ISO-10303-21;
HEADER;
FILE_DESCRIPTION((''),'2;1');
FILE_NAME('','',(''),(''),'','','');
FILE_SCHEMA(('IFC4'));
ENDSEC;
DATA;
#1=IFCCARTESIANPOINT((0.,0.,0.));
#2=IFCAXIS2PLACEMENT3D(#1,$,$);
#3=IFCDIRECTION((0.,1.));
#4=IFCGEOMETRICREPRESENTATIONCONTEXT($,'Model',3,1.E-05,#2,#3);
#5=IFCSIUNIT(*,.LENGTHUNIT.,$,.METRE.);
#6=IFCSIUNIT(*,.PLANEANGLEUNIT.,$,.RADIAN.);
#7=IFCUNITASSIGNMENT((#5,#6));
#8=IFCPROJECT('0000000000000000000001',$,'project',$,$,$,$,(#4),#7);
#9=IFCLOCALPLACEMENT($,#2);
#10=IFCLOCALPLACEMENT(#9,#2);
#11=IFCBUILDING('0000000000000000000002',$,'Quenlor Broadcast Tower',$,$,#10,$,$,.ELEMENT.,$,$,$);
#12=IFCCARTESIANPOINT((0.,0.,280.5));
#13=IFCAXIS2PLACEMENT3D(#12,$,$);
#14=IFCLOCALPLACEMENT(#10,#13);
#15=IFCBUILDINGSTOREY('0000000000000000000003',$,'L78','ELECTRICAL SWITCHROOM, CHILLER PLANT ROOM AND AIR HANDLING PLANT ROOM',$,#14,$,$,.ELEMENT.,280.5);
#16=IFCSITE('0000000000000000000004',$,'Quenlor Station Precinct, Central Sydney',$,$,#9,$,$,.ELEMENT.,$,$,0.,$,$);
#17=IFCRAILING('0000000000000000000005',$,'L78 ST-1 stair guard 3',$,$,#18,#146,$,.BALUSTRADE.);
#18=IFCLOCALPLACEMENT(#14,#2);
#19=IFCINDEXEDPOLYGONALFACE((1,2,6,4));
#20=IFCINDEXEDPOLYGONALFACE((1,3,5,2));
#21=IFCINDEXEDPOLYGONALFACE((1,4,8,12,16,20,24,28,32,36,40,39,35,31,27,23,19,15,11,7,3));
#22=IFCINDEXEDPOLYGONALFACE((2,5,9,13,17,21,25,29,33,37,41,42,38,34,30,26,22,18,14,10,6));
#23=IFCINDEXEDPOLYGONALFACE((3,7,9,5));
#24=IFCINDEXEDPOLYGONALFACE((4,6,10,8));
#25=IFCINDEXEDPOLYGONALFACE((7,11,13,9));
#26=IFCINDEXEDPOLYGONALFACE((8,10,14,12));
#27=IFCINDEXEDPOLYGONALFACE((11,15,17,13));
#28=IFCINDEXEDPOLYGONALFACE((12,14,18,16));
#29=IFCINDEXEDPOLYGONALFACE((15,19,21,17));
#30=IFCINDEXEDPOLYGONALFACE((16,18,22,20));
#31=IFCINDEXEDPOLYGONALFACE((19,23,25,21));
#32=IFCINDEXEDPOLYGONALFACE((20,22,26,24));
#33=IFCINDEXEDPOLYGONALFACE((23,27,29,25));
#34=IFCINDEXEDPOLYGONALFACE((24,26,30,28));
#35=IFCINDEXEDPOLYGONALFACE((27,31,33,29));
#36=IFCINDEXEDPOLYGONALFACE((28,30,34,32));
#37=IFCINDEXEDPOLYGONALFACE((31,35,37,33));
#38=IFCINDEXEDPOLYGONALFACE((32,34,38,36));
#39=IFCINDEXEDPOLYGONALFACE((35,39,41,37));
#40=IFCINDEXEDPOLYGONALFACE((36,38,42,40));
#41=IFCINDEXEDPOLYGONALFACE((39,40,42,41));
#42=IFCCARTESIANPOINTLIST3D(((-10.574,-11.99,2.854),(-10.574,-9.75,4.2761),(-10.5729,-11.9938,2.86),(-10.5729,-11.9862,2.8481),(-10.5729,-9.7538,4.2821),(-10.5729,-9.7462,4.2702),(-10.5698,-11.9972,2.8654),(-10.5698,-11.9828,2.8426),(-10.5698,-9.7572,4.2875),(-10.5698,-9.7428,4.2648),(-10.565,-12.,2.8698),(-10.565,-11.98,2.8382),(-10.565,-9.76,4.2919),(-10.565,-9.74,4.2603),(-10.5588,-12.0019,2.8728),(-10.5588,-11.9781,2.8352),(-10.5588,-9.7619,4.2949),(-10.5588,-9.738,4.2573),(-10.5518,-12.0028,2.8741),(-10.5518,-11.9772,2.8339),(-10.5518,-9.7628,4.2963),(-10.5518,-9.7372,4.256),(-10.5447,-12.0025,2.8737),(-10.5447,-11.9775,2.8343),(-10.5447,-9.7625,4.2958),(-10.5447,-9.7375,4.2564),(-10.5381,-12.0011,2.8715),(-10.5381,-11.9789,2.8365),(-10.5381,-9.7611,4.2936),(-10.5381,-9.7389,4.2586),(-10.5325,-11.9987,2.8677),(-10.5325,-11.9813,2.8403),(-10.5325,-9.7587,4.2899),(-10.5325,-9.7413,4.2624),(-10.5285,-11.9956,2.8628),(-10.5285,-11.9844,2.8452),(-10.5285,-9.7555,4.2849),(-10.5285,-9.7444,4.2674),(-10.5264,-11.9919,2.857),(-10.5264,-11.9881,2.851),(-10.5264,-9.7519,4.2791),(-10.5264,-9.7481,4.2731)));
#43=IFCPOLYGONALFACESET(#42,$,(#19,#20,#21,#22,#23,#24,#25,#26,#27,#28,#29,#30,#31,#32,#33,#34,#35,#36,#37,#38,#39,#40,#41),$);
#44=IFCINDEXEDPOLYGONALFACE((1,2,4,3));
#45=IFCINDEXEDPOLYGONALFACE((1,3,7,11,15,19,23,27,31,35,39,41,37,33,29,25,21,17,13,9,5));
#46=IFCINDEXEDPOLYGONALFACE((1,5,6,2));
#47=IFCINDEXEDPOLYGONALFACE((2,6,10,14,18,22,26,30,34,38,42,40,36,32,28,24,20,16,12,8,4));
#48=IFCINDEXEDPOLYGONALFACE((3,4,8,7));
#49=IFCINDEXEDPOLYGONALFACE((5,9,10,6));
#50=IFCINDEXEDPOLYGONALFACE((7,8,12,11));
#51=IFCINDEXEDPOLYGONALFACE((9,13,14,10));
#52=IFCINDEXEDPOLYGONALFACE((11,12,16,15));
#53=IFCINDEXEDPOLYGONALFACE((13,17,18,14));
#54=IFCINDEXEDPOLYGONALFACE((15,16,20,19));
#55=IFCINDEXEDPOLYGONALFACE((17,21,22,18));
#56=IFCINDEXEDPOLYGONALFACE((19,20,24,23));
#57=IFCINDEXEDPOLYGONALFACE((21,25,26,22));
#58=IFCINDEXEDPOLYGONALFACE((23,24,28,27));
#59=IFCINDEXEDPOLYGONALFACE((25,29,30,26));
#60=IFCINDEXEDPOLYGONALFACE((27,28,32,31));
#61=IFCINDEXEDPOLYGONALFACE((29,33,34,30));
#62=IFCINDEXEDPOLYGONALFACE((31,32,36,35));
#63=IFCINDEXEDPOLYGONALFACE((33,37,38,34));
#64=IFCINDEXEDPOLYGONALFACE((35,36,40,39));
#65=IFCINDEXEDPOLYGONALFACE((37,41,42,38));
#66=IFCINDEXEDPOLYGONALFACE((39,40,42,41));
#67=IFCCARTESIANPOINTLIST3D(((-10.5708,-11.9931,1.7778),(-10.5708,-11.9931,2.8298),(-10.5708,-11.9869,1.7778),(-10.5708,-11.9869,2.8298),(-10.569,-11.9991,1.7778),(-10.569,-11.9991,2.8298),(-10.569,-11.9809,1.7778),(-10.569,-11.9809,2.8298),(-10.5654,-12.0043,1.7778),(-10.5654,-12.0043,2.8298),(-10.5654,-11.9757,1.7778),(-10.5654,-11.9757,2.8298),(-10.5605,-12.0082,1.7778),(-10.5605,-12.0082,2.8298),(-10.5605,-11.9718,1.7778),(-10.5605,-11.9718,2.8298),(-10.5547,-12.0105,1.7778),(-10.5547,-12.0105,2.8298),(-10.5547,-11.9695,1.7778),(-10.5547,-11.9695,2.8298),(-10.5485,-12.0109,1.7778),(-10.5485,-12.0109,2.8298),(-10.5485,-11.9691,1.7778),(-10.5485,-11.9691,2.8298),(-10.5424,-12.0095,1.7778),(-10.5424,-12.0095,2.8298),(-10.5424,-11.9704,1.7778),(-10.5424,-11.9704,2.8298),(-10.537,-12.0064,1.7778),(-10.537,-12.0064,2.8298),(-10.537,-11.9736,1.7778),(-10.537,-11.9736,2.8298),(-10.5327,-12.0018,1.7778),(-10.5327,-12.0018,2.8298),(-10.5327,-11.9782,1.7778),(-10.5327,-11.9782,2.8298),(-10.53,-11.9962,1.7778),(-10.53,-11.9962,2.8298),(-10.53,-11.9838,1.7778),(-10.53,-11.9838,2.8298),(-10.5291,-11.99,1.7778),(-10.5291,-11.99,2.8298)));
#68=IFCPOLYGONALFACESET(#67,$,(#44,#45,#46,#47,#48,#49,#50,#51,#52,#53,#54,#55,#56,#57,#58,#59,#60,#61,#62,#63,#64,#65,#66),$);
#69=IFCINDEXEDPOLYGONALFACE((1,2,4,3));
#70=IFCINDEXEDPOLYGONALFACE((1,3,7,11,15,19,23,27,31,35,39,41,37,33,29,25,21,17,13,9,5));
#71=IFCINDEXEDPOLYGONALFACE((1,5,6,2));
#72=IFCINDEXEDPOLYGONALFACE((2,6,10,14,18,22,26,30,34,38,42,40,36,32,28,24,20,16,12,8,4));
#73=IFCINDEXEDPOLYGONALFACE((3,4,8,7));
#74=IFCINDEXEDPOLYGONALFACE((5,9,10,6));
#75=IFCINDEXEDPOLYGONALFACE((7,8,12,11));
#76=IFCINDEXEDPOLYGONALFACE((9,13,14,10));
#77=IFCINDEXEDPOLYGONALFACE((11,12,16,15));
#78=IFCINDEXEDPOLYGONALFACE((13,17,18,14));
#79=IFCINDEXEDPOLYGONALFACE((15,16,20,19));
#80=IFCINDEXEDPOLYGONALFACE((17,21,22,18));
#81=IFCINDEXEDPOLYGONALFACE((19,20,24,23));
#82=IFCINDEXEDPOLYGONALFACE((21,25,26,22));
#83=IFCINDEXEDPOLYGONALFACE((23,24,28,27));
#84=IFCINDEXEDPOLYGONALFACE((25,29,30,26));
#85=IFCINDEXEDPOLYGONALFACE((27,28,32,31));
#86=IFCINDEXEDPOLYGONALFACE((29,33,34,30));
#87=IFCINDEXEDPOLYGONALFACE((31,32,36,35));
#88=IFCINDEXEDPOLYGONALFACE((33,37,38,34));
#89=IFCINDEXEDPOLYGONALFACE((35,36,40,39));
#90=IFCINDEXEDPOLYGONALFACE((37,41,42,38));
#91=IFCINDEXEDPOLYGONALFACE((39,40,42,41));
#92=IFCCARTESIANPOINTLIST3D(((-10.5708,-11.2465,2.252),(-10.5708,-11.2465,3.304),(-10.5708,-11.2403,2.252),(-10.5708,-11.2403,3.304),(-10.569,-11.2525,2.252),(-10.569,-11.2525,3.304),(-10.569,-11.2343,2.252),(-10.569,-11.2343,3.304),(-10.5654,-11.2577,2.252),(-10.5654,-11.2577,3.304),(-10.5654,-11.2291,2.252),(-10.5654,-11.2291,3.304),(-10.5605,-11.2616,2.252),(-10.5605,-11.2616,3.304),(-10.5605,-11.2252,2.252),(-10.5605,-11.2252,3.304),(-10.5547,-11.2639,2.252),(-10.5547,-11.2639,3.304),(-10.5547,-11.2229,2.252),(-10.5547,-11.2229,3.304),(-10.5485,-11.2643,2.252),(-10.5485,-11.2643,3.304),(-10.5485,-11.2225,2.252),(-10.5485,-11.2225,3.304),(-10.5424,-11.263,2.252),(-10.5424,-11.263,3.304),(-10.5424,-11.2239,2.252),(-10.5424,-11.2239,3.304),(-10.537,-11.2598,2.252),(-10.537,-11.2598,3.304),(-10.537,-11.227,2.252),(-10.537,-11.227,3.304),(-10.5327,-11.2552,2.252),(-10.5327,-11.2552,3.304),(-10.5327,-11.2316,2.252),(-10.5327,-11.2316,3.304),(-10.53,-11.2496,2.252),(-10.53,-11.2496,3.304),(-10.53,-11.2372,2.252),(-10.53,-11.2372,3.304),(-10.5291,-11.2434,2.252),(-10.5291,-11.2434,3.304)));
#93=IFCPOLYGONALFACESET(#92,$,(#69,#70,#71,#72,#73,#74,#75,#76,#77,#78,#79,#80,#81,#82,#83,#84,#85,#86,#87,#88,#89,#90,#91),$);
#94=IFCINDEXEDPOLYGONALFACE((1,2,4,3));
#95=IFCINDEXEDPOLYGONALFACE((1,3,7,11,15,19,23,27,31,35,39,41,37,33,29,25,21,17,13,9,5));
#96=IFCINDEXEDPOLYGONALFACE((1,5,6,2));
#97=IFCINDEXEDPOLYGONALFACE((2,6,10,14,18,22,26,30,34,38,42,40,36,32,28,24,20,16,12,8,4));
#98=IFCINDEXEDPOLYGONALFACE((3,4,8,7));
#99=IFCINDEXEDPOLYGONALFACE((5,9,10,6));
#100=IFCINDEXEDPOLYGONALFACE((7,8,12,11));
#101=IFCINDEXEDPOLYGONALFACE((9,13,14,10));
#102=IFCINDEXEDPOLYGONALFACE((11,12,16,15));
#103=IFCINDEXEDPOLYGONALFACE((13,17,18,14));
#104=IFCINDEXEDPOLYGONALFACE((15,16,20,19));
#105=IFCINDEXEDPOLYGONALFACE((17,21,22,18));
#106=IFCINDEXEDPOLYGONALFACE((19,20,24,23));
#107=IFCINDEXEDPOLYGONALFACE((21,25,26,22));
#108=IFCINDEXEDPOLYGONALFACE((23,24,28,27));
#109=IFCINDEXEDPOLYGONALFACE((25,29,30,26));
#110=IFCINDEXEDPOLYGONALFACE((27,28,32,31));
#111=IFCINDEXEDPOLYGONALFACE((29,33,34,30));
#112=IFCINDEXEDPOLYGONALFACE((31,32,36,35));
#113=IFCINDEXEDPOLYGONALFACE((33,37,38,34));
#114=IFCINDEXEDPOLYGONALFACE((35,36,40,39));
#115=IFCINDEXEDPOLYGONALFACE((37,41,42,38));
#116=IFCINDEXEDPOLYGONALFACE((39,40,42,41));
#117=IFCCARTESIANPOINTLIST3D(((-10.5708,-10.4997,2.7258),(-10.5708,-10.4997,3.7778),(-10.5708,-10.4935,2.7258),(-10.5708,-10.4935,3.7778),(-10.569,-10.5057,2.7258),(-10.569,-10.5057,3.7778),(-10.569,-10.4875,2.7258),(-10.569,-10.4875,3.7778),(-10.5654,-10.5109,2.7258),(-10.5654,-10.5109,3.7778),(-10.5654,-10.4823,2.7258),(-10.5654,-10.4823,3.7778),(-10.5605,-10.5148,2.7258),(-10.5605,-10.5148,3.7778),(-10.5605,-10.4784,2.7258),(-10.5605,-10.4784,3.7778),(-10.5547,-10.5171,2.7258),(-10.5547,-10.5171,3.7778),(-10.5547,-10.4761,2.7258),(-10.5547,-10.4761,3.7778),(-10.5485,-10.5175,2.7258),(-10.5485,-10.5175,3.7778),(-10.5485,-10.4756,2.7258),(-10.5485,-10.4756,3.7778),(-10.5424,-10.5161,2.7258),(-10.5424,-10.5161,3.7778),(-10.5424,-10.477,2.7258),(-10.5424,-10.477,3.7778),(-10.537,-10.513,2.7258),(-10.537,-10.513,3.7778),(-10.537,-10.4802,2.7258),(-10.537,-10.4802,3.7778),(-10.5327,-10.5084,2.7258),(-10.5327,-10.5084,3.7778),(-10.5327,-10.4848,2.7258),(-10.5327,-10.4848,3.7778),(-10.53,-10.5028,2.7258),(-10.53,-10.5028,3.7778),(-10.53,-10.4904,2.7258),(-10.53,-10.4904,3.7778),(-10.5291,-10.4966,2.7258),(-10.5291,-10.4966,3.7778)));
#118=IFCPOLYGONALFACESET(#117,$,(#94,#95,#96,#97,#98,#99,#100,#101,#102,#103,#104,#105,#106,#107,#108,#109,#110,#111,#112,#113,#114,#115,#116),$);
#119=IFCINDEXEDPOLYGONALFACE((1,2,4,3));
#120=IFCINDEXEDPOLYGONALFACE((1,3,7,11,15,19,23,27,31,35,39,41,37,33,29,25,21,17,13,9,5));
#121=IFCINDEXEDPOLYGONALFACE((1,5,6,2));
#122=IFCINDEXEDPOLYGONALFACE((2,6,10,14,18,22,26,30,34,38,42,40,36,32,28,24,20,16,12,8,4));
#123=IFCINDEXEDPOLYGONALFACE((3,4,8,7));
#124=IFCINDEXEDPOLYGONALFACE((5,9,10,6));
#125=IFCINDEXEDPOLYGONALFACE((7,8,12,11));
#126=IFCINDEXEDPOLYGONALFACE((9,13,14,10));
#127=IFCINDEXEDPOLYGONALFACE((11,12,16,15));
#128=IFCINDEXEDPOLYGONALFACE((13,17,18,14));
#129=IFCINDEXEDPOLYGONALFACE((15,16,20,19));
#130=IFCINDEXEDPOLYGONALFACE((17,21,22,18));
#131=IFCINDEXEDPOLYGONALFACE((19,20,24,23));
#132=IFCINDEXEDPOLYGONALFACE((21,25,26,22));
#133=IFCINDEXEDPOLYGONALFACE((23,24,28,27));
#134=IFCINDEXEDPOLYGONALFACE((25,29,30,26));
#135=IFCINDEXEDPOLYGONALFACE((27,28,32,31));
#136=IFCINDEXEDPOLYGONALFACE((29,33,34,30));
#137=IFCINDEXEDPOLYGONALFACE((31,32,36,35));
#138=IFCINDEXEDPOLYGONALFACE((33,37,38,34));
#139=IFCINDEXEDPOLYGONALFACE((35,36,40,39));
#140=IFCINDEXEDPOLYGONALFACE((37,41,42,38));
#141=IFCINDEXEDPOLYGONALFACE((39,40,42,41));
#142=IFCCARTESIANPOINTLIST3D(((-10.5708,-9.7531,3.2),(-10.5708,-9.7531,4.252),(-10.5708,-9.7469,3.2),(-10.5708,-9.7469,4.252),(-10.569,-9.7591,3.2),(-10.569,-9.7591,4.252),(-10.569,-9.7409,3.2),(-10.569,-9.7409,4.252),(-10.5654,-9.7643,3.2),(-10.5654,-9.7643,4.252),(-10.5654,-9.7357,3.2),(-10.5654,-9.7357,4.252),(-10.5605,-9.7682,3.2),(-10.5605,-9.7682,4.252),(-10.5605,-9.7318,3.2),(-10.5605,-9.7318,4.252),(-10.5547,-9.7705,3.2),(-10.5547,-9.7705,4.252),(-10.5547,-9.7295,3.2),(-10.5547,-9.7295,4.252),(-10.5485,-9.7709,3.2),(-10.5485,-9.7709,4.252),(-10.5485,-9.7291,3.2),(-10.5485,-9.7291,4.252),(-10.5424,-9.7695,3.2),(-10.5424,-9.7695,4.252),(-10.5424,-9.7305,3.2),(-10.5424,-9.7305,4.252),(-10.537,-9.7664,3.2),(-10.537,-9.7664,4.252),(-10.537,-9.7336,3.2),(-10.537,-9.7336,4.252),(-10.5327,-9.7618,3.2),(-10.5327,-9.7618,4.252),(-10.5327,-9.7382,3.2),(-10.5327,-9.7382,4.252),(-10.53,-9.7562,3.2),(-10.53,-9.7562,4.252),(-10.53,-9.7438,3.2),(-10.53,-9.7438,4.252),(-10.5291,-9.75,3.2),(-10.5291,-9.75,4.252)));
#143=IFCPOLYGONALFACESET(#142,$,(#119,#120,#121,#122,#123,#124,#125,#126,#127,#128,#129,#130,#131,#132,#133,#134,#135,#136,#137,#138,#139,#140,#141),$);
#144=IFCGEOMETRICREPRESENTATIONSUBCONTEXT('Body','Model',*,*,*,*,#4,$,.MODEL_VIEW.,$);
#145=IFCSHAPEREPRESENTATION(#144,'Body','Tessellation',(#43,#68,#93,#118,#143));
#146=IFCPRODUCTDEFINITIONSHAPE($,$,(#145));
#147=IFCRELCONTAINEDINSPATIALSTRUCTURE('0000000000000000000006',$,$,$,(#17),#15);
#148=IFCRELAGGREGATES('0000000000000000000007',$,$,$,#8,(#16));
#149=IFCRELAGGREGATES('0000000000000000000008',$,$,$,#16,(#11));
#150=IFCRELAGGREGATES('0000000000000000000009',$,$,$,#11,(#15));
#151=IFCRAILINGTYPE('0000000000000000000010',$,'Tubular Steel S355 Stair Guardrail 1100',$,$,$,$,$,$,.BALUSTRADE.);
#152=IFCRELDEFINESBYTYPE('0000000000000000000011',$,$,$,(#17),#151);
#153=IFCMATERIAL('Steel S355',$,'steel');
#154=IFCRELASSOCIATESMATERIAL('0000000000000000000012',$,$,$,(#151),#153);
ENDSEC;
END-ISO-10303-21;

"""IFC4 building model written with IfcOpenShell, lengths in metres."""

from ifc_helpers import new_model, si_unit, direction, frame, origin, origin_2d, place, context, subcontext, project, spatial, circle, extrude, material, type_object, element, save


model = new_model("IFC4")

# Units and contexts
model_context = context("Model", 3, precision=1e-05, world=origin(), true_north=direction((0.0, 1.0)))
body_context = subcontext(model_context, "Body", "Model", "MODEL_VIEW")
ifc_project = project(units=[si_unit("LENGTHUNIT", "METRE"), si_unit("PLANEANGLEUNIT", "RADIAN")], contexts=[model_context])

# Site, building, storey
site_placement = place(None, origin())
site = spatial("IfcSite", under=ifc_project, at=site_placement, Name="Quenlor Station Precinct, Central Sydney", CompositionType="ELEMENT", RefElevation=0.0)
building_placement = place(site_placement, origin())
building = spatial("IfcBuilding", under=site, at=building_placement, Name="Quenlor Broadcast Tower", CompositionType="ELEMENT")
storey_placement = place(building_placement, frame((0.0, 0.0, 280.5)))
storey = spatial("IfcBuildingStorey", under=building, at=storey_placement, Name="L78", Description="ELECTRICAL SWITCHROOM, CHILLER PLANT ROOM AND AIR HANDLING PLANT ROOM", CompositionType="ELEMENT", Elevation=280.5)

# Railing
ifc_material_1 = material(Name="Steel S355", Category="steel")
railing_type_1 = type_object("IfcRailingType", Name="Tubular Steel S355 Stair Guardrail 1100", PredefinedType="BALUSTRADE", material=ifc_material_1)
railing_1_placement = place(storey_placement, frame((-10.55, -11.99, 1.7778)))
element("IfcRailing", 1, at=railing_1_placement, inside=storey, type_object=railing_type_1, Name="L78 ST-1 stair guard 3", PredefinedType="BALUSTRADE", context=body_context, shape_type="SweptSolid", body=[
    extrude(circle(Radius=0.0239, at=origin_2d()), frame((0.0, 0.0, 1.0762), z_axis=(0.0, 0.844229, 0.535982), x_axis=(-1.0, 0.0, 0.0)), (0.0, 0.0, 1.0), 2.6533),
    extrude(circle(Radius=0.021, at=origin_2d()), origin(), (0.0, 0.0, 1.0), 1.052),
    extrude(circle(Radius=0.021, at=origin_2d()), frame((0.0, 0.7466, 0.4741)), (0.0, 0.0, 1.0), 1.052),
    extrude(circle(Radius=0.021, at=origin_2d()), frame((0.0, 1.4934, 0.948)), (0.0, 0.0, 1.0), 1.052),
    extrude(circle(Radius=0.021, at=origin_2d()), frame((0.0, 2.24, 1.4221)), (0.0, 0.0, 1.0), 1.052),
])

save(model, "model.ifc")
